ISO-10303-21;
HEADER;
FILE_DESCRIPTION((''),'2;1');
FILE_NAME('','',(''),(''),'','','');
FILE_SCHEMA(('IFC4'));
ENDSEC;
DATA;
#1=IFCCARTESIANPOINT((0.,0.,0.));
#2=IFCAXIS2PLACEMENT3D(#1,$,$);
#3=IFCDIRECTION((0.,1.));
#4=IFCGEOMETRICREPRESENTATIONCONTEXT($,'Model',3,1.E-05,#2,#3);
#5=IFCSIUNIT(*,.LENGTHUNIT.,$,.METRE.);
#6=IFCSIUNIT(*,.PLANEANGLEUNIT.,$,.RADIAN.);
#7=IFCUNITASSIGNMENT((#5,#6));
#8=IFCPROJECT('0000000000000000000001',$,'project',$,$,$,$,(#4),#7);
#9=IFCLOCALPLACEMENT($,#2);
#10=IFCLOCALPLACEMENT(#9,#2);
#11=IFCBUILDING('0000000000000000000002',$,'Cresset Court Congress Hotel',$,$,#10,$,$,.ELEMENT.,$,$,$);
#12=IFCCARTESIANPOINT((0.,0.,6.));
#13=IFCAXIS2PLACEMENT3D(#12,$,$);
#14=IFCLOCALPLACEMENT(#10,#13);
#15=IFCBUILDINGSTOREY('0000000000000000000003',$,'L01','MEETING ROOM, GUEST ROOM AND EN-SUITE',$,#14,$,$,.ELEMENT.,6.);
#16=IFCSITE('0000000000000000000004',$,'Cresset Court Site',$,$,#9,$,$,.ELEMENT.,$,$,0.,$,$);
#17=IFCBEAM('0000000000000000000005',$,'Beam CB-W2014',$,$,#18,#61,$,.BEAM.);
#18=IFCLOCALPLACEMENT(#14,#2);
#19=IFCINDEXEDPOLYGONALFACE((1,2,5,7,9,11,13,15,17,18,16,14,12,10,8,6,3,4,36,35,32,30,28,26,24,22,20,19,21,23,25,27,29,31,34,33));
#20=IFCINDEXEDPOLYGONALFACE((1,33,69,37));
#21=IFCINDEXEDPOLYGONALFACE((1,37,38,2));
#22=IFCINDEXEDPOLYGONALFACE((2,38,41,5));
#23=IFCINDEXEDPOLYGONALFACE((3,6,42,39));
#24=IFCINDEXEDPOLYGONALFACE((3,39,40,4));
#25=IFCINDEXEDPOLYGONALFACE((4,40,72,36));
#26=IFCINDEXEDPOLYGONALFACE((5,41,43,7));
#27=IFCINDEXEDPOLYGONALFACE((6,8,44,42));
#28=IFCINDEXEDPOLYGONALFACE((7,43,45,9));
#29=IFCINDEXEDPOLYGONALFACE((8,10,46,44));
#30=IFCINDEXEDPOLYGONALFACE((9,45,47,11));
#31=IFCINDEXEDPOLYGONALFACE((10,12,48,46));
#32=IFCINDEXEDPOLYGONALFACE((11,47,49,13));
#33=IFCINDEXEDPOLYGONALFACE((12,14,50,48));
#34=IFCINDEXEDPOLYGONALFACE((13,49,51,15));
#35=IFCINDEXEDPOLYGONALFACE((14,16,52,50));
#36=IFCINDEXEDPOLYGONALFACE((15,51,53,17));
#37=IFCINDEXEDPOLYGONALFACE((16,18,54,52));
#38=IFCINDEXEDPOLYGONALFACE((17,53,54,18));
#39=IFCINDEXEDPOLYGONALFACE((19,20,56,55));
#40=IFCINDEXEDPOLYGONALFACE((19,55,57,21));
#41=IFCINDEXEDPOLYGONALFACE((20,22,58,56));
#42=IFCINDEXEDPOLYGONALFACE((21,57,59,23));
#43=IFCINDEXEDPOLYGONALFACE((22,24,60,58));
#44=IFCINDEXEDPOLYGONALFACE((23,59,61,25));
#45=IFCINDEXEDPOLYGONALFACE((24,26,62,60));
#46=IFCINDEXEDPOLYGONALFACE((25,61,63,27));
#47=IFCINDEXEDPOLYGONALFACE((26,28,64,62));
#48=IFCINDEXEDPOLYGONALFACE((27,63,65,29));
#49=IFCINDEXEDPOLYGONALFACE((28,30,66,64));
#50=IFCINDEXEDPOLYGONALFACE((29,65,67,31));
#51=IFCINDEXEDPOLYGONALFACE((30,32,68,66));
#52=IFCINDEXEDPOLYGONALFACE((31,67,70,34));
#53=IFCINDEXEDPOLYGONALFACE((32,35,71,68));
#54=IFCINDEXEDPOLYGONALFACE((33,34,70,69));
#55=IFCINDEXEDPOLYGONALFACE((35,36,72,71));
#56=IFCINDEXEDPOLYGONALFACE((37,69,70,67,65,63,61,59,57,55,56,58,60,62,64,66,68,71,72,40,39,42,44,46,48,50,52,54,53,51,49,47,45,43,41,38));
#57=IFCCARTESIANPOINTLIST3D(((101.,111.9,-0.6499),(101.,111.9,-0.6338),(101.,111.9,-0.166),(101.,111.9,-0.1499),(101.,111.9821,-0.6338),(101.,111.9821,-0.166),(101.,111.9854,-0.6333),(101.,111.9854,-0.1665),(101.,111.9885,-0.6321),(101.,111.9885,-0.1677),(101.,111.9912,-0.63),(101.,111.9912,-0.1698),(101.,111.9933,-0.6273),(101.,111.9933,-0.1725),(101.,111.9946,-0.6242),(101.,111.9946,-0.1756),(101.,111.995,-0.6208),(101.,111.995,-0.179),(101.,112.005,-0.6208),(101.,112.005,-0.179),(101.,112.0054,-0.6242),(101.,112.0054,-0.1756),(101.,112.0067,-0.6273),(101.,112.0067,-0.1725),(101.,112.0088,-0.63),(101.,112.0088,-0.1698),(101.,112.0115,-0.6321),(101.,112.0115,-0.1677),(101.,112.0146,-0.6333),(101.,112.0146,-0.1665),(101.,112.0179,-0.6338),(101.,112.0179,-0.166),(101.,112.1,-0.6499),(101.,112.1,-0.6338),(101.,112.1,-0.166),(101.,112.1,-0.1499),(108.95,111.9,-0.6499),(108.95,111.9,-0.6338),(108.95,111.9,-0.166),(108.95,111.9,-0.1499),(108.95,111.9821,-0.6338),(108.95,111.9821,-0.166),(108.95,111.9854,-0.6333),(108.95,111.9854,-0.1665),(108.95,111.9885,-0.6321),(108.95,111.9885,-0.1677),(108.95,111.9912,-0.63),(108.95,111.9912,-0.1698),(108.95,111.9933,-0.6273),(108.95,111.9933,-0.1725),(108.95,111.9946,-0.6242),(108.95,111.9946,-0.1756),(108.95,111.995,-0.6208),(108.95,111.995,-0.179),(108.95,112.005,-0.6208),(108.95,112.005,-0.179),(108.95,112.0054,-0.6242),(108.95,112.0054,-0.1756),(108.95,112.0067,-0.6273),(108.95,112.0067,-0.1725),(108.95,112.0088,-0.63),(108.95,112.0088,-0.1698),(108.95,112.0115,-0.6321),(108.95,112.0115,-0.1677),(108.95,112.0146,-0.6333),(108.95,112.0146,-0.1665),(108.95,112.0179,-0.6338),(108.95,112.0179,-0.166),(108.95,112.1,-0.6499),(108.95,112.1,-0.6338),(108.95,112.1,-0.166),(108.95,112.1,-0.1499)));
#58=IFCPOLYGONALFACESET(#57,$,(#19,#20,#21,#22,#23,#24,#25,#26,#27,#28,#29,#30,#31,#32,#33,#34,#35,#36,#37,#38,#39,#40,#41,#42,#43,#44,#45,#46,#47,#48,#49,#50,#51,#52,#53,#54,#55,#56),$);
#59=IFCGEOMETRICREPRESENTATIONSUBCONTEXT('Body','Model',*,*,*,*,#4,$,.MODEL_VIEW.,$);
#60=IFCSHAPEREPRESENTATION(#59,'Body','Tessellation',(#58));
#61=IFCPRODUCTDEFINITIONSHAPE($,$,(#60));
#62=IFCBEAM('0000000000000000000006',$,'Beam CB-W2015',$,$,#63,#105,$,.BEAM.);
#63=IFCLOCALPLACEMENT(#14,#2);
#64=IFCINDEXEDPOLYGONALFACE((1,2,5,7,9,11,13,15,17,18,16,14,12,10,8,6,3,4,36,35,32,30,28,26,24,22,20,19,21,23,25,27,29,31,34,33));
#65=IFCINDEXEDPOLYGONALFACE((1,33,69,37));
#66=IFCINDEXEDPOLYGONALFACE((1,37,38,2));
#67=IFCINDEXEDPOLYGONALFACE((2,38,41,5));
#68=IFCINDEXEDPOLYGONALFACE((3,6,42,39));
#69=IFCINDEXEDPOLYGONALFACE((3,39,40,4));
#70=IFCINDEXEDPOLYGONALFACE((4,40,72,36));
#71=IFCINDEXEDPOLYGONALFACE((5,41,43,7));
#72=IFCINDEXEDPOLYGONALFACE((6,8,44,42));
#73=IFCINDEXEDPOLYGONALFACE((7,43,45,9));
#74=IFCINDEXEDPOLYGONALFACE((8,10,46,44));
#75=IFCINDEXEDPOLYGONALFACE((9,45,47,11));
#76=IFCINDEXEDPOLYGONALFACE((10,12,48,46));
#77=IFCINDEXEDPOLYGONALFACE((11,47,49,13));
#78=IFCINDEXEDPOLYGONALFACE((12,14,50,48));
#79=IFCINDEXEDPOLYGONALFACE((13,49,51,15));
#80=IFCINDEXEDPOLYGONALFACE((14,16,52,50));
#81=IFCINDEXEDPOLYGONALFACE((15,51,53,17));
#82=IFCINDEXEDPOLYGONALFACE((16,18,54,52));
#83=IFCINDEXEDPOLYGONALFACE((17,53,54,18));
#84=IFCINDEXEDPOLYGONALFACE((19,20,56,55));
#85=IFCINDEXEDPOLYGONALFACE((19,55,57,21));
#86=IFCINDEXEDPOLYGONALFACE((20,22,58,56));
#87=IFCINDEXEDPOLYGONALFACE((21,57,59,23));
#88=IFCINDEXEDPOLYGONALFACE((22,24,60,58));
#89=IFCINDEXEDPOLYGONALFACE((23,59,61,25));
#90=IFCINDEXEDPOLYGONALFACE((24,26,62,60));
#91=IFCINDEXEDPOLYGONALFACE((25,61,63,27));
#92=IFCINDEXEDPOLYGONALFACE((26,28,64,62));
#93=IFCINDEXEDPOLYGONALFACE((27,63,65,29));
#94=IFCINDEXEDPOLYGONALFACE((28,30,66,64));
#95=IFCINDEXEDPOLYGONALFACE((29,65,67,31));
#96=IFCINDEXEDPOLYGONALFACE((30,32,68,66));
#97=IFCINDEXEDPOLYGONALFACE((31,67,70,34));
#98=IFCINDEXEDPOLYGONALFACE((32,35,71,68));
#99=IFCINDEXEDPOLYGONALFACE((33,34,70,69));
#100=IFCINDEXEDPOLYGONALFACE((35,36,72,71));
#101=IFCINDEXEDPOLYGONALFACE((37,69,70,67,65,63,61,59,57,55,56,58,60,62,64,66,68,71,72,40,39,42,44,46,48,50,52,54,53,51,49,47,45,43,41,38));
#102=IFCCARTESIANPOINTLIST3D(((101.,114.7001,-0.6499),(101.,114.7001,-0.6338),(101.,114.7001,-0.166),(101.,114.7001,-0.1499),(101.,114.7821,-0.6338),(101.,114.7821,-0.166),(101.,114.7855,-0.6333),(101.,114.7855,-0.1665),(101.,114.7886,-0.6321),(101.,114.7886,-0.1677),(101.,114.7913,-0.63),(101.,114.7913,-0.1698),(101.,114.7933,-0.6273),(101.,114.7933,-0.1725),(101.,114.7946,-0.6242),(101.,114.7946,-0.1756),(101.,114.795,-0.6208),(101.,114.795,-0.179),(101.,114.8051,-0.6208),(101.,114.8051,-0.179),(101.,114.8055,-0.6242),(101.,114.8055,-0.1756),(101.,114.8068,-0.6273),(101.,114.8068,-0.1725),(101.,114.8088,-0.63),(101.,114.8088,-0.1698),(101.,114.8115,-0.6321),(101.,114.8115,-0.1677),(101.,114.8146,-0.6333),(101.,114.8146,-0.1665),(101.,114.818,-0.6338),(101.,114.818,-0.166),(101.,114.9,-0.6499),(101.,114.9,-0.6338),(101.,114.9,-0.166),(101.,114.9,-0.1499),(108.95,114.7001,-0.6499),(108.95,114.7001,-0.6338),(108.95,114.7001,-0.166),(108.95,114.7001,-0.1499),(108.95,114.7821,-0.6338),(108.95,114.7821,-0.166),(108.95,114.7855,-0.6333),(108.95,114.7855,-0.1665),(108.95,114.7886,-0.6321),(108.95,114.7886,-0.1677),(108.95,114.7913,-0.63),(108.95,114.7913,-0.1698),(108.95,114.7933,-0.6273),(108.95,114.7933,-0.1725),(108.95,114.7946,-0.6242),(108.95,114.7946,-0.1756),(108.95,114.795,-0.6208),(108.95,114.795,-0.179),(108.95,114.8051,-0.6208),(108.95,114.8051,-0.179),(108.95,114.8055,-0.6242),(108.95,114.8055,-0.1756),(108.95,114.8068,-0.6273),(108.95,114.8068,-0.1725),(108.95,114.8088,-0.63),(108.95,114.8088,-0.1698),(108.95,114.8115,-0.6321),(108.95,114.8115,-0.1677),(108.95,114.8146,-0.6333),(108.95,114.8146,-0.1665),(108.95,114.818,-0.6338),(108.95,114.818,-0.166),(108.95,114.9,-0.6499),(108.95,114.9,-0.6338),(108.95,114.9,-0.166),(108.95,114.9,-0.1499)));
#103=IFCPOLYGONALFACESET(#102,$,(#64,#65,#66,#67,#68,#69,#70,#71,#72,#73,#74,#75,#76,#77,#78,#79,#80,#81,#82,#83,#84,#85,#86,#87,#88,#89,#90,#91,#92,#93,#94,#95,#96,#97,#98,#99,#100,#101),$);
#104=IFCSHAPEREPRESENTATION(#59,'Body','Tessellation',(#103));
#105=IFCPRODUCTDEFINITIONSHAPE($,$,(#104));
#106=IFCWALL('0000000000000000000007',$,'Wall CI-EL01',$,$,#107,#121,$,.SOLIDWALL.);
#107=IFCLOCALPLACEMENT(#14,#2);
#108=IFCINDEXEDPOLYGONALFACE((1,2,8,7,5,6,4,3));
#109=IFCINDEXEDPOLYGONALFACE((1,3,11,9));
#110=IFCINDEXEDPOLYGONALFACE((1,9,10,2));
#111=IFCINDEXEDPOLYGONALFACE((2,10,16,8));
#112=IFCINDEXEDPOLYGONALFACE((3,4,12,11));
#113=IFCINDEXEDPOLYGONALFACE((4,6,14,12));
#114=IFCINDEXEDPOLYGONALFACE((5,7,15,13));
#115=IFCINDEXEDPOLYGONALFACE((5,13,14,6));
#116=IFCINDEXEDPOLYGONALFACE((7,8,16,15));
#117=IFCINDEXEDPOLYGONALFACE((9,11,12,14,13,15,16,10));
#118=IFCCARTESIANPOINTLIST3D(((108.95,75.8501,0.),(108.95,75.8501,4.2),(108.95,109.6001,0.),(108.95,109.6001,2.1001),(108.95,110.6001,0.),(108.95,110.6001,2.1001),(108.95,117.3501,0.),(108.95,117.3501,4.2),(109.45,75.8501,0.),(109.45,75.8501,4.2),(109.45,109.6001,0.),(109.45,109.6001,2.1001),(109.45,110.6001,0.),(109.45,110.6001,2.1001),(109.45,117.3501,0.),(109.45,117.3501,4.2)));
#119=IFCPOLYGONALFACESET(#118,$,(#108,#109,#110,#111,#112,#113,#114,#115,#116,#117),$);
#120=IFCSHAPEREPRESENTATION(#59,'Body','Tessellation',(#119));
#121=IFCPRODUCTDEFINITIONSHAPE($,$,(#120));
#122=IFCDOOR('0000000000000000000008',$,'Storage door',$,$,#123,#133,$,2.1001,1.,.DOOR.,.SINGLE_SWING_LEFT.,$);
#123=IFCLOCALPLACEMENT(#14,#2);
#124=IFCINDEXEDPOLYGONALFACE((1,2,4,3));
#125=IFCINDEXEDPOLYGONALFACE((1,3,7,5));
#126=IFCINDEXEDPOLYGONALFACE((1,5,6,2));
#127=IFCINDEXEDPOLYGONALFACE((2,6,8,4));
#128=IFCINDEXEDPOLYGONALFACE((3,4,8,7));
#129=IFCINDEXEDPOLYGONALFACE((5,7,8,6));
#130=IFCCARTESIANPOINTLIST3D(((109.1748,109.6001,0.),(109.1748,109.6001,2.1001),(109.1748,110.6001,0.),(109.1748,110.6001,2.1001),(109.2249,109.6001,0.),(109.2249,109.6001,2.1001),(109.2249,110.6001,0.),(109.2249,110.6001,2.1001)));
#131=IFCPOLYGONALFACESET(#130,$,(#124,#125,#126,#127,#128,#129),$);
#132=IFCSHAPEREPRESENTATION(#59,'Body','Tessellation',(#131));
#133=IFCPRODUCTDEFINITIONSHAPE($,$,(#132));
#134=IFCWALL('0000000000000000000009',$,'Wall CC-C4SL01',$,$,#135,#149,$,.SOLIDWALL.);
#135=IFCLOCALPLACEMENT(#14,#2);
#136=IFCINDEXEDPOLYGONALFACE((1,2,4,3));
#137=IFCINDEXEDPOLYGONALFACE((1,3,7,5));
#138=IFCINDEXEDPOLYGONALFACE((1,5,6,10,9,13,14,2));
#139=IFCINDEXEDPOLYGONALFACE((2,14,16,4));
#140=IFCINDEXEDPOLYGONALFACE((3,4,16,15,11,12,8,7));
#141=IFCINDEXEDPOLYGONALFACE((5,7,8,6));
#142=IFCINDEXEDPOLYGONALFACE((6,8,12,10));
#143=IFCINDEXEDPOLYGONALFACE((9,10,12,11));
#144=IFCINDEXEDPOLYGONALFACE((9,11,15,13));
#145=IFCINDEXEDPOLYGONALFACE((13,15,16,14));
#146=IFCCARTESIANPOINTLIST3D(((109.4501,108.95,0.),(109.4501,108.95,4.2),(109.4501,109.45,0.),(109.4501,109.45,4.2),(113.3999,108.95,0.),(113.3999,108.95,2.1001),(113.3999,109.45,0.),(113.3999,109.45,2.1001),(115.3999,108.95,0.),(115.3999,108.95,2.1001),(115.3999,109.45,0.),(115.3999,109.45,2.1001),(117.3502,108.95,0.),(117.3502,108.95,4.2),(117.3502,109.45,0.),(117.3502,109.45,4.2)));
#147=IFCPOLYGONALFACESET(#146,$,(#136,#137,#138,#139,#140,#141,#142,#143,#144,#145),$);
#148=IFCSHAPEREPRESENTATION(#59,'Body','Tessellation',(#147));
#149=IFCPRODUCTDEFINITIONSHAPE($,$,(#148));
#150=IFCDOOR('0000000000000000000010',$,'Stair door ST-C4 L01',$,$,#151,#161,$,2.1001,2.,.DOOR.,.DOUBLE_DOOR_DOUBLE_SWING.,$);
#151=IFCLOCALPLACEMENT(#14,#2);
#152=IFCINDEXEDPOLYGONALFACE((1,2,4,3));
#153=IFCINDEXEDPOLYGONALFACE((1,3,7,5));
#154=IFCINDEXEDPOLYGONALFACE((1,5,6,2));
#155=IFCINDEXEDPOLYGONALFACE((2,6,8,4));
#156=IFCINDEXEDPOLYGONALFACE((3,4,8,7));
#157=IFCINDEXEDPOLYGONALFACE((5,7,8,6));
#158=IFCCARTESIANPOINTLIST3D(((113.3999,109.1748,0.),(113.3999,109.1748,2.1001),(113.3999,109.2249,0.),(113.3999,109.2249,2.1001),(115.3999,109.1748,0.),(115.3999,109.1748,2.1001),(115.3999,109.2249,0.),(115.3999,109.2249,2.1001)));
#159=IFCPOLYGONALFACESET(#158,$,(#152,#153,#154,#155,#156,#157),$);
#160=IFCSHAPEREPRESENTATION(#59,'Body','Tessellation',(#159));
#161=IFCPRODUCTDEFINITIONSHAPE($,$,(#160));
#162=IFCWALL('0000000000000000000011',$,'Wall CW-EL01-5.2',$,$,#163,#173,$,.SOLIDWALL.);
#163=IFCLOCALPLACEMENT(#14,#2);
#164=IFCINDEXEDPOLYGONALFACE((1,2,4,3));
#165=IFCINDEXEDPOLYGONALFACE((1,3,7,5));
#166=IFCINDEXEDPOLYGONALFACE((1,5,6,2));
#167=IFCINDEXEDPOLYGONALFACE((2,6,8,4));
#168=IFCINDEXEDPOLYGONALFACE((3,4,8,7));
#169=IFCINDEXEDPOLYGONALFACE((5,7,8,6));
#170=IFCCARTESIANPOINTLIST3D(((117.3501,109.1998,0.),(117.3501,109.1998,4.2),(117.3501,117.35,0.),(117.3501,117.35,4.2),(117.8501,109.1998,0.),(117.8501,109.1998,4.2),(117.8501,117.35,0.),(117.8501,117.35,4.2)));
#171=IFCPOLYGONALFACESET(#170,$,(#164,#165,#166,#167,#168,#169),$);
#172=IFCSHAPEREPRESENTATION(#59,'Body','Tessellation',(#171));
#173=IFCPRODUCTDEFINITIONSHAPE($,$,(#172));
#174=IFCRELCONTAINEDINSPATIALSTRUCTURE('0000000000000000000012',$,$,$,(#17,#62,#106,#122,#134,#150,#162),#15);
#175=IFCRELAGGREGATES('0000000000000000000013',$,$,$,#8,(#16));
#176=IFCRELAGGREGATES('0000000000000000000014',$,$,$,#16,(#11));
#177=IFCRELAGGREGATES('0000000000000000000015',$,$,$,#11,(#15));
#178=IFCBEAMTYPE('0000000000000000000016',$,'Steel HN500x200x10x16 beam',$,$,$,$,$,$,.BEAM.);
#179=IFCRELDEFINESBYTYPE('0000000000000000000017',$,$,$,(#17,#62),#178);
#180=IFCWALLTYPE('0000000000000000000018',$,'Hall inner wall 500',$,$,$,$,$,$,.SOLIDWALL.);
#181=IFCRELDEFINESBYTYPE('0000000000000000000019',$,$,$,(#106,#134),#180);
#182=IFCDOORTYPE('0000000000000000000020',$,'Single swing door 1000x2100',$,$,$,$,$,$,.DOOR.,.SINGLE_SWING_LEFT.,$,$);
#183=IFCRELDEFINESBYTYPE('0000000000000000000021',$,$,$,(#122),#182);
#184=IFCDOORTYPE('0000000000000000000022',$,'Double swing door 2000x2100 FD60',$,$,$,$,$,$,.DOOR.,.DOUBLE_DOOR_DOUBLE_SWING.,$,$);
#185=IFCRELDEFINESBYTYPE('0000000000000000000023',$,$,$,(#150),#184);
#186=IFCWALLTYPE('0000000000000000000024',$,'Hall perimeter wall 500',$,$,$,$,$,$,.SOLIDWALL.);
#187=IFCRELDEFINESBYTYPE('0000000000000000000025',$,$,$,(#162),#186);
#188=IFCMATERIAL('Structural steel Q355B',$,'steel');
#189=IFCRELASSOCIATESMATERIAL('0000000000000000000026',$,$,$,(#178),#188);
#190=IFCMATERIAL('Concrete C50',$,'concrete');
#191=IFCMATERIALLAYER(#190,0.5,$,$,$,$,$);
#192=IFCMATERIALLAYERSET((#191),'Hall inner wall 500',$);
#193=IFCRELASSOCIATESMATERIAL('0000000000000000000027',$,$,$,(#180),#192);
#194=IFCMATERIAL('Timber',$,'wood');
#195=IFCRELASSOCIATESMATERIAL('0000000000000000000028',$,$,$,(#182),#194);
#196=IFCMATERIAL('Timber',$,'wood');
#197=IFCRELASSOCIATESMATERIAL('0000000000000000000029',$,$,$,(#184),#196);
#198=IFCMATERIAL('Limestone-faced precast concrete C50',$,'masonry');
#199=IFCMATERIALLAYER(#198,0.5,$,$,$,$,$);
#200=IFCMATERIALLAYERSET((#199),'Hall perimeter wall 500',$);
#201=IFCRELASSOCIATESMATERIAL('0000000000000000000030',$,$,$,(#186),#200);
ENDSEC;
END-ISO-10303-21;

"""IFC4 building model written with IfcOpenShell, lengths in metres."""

from ifc_helpers import new_model, si_unit, direction, frame, frame_2d, origin, origin_2d, place, context, subcontext, project, spatial, rectangle, i_section, extrude, material, layer, layer_set, material_profile, profile_set, type_object, element, fill, save


model = new_model("IFC4")

# Units and contexts
model_context = context("Model", 3, precision=1e-05, world=origin(), true_north=direction((0.0, 1.0)))
body_context = subcontext(model_context, "Body", "Model", "MODEL_VIEW")
ifc_project = project(units=[si_unit("LENGTHUNIT", "METRE"), si_unit("PLANEANGLEUNIT", "RADIAN")], contexts=[model_context])

# Site, building, storey
site_placement = place(None, origin())
site = spatial("IfcSite", under=ifc_project, at=site_placement, Name="Cresset Court Site", CompositionType="ELEMENT", RefElevation=0.0)
building_placement = place(site_placement, origin())
building = spatial("IfcBuilding", under=site, at=building_placement, Name="Cresset Court Congress Hotel", CompositionType="ELEMENT")
storey_placement = place(building_placement, frame((0.0, 0.0, 6.0)))
storey = spatial("IfcBuildingStorey", under=building, at=storey_placement, Name="L01", Description="MEETING ROOM, GUEST ROOM AND EN-SUITE", CompositionType="ELEMENT", Elevation=6.0)

# Beams
ifc_material_1 = material(Name="Structural steel Q355B", Category="steel")
ifc_material_profile_1 = material_profile(ifc_material_1, i_section(OverallWidth=0.2, OverallDepth=0.5, WebThickness=0.01, FlangeThickness=0.0161, FilletRadius=0.0129, at=origin_2d()), Name="HN500x200x10x16")
ifc_profile_set_1 = profile_set([ifc_material_profile_1], Name="Structural steel Q355B")
beam_type_1 = type_object("IfcBeamType", Name="Steel HN500x200x10x16 beam", PredefinedType="BEAM", material=ifc_profile_set_1)
for number, where, z_axis, x_axis, name in (
    (1, (101.0, 112.0, -0.3999), (1.0, 0.0, 0.0), (0.0, 1.0, 0.0), "Beam CB-W2014"),
    (2, (101.0, 114.8, -0.3999), (1.0, 0.0, 0.0), (0.0, 1.0, 0.0), "Beam CB-W2015"),
):
    element("IfcBeam", number, at=place(storey_placement, frame(where, z_axis=z_axis, x_axis=x_axis)), inside=storey, type_object=beam_type_1, Name=name, PredefinedType="BEAM", context=body_context, shape_type="SweptSolid", body=[
        extrude(i_section(OverallWidth=0.2, OverallDepth=0.5, WebThickness=0.01, FlangeThickness=0.0161, FilletRadius=0.0129, at=origin_2d()), origin(), (0.0, 0.0, 1.0), 7.95),
    ])

# Walls, openings, doors
ifc_material_2 = material(Name="Concrete C50", Category="concrete")
ifc_layer_1 = layer(ifc_material_2, 0.5)
ifc_layer_set_1 = layer_set([ifc_layer_1], Name="Hall inner wall 500")
wall_type_1 = type_object("IfcWallType", Name="Hall inner wall 500", PredefinedType="SOLIDWALL", material=ifc_layer_set_1)
wall_1_placement = place(storey_placement, frame((109.2, 117.3501, 0.0), z_axis=(0.0, 0.0, 1.0), x_axis=(0.0, -1.0, 0.0)))
wall_1 = element("IfcWall", 3, at=wall_1_placement, inside=storey, type_object=wall_type_1, Name="Wall CI-EL01", PredefinedType="SOLIDWALL", context=body_context, shape_type="SweptSolid", body=[
    extrude(rectangle(XDim=41.5, YDim=0.5, at=frame_2d((20.75, 0.0))), origin(), (0.0, 0.0, 1.0), 4.2),
])
opening_1_placement = place(wall_1_placement, frame((6.75, 0.0, 0.0)))
opening_1 = element("IfcOpeningElement", 4, at=opening_1_placement, cuts=wall_1, PredefinedType="OPENING", context=body_context, shape_type="SweptSolid", body=[
    extrude(rectangle(XDim=1.0, YDim=2.1001, at=frame_2d((0.5, 1.05))), frame((0.0, 0.26, 0.0), z_axis=(0.0, -1.0, 0.0), x_axis=(1.0, 0.0, 0.0)), (0.0, 0.0, 1.0), 0.52),
])
ifc_material_3 = material(Name="Timber", Category="wood")
door_type_1 = type_object("IfcDoorType", Name="Single swing door 1000x2100", OperationType="SINGLE_SWING_LEFT", PredefinedType="DOOR", material=ifc_material_3)
door_1_placement = place(opening_1_placement, origin())
door_1 = element("IfcDoor", 5, at=door_1_placement, inside=storey, type_object=door_type_1, Name="Storage door", OperationType="SINGLE_SWING_LEFT", OverallHeight=2.1001, OverallWidth=1.0, PredefinedType="DOOR", context=body_context, shape_type="SweptSolid", body=[
    extrude(rectangle(XDim=1.0, YDim=2.1001, at=frame_2d((0.5, 1.05))), frame((0.0, 0.0249, 0.0), z_axis=(0.0, -1.0, 0.0), x_axis=(1.0, 0.0, 0.0)), (0.0, 0.0, 1.0), 0.05),
])
fill(opening_1, door_1)
wall_2_placement = place(storey_placement, frame((109.45, 109.2, 0.0), z_axis=(0.0, 0.0, 1.0), x_axis=(1.0, 0.0, 0.0)))
wall_2 = element("IfcWall", 6, at=wall_2_placement, inside=storey, type_object=wall_type_1, Name="Wall CC-C4SL01", PredefinedType="SOLIDWALL", context=body_context, shape_type="SweptSolid", body=[
    extrude(rectangle(XDim=7.9001, YDim=0.5, at=frame_2d((3.9502, 0.0))), origin(), (0.0, 0.0, 1.0), 4.2),
])
opening_2_placement = place(wall_2_placement, frame((3.95, 0.0, 0.0)))
opening_2 = element("IfcOpeningElement", 7, at=opening_2_placement, cuts=wall_2, PredefinedType="OPENING", context=body_context, shape_type="SweptSolid", body=[
    extrude(rectangle(XDim=2.0, YDim=2.1001, at=frame_2d((1.0, 1.05))), frame((0.0, 0.26, 0.0), z_axis=(0.0, -1.0, 0.0), x_axis=(1.0, 0.0, 0.0)), (0.0, 0.0, 1.0), 0.52),
])
ifc_material_4 = material(Name="Timber", Category="wood")
door_type_2 = type_object("IfcDoorType", Name="Double swing door 2000x2100 FD60", OperationType="DOUBLE_DOOR_DOUBLE_SWING", PredefinedType="DOOR", material=ifc_material_4)
door_2_placement = place(opening_2_placement, origin())
door_2 = element("IfcDoor", 8, at=door_2_placement, inside=storey, type_object=door_type_2, Name="Stair door ST-C4 L01", OperationType="DOUBLE_DOOR_DOUBLE_SWING", OverallHeight=2.1001, OverallWidth=2.0, PredefinedType="DOOR", context=body_context, shape_type="SweptSolid", body=[
    extrude(rectangle(XDim=2.0, YDim=2.1001, at=frame_2d((1.0, 1.05))), frame((0.0, 0.0249, 0.0), z_axis=(0.0, -1.0, 0.0), x_axis=(1.0, 0.0, 0.0)), (0.0, 0.0, 1.0), 0.05),
])
fill(opening_2, door_2)

# Wall
ifc_material_5 = material(Name="Limestone-faced precast concrete C50", Category="masonry")
ifc_layer_2 = layer(ifc_material_5, 0.5)
ifc_layer_set_2 = layer_set([ifc_layer_2], Name="Hall perimeter wall 500")
wall_type_2 = type_object("IfcWallType", Name="Hall perimeter wall 500", PredefinedType="SOLIDWALL", material=ifc_layer_set_2)
wall_3_placement = place(storey_placement, frame((117.6001, 117.3501, 0.0), z_axis=(0.0, 0.0, 1.0), x_axis=(0.0, -1.0, 0.0)))
element("IfcWall", 9, at=wall_3_placement, inside=storey, type_object=wall_type_2, Name="Wall CW-EL01-5.2", PredefinedType="SOLIDWALL", context=body_context, shape_type="SweptSolid", body=[
    extrude(rectangle(XDim=8.1501, YDim=0.5, at=frame_2d((4.0752, 0.0))), origin(), (0.0, 0.0, 1.0), 4.2),
])

save(model, "model.ifc")
